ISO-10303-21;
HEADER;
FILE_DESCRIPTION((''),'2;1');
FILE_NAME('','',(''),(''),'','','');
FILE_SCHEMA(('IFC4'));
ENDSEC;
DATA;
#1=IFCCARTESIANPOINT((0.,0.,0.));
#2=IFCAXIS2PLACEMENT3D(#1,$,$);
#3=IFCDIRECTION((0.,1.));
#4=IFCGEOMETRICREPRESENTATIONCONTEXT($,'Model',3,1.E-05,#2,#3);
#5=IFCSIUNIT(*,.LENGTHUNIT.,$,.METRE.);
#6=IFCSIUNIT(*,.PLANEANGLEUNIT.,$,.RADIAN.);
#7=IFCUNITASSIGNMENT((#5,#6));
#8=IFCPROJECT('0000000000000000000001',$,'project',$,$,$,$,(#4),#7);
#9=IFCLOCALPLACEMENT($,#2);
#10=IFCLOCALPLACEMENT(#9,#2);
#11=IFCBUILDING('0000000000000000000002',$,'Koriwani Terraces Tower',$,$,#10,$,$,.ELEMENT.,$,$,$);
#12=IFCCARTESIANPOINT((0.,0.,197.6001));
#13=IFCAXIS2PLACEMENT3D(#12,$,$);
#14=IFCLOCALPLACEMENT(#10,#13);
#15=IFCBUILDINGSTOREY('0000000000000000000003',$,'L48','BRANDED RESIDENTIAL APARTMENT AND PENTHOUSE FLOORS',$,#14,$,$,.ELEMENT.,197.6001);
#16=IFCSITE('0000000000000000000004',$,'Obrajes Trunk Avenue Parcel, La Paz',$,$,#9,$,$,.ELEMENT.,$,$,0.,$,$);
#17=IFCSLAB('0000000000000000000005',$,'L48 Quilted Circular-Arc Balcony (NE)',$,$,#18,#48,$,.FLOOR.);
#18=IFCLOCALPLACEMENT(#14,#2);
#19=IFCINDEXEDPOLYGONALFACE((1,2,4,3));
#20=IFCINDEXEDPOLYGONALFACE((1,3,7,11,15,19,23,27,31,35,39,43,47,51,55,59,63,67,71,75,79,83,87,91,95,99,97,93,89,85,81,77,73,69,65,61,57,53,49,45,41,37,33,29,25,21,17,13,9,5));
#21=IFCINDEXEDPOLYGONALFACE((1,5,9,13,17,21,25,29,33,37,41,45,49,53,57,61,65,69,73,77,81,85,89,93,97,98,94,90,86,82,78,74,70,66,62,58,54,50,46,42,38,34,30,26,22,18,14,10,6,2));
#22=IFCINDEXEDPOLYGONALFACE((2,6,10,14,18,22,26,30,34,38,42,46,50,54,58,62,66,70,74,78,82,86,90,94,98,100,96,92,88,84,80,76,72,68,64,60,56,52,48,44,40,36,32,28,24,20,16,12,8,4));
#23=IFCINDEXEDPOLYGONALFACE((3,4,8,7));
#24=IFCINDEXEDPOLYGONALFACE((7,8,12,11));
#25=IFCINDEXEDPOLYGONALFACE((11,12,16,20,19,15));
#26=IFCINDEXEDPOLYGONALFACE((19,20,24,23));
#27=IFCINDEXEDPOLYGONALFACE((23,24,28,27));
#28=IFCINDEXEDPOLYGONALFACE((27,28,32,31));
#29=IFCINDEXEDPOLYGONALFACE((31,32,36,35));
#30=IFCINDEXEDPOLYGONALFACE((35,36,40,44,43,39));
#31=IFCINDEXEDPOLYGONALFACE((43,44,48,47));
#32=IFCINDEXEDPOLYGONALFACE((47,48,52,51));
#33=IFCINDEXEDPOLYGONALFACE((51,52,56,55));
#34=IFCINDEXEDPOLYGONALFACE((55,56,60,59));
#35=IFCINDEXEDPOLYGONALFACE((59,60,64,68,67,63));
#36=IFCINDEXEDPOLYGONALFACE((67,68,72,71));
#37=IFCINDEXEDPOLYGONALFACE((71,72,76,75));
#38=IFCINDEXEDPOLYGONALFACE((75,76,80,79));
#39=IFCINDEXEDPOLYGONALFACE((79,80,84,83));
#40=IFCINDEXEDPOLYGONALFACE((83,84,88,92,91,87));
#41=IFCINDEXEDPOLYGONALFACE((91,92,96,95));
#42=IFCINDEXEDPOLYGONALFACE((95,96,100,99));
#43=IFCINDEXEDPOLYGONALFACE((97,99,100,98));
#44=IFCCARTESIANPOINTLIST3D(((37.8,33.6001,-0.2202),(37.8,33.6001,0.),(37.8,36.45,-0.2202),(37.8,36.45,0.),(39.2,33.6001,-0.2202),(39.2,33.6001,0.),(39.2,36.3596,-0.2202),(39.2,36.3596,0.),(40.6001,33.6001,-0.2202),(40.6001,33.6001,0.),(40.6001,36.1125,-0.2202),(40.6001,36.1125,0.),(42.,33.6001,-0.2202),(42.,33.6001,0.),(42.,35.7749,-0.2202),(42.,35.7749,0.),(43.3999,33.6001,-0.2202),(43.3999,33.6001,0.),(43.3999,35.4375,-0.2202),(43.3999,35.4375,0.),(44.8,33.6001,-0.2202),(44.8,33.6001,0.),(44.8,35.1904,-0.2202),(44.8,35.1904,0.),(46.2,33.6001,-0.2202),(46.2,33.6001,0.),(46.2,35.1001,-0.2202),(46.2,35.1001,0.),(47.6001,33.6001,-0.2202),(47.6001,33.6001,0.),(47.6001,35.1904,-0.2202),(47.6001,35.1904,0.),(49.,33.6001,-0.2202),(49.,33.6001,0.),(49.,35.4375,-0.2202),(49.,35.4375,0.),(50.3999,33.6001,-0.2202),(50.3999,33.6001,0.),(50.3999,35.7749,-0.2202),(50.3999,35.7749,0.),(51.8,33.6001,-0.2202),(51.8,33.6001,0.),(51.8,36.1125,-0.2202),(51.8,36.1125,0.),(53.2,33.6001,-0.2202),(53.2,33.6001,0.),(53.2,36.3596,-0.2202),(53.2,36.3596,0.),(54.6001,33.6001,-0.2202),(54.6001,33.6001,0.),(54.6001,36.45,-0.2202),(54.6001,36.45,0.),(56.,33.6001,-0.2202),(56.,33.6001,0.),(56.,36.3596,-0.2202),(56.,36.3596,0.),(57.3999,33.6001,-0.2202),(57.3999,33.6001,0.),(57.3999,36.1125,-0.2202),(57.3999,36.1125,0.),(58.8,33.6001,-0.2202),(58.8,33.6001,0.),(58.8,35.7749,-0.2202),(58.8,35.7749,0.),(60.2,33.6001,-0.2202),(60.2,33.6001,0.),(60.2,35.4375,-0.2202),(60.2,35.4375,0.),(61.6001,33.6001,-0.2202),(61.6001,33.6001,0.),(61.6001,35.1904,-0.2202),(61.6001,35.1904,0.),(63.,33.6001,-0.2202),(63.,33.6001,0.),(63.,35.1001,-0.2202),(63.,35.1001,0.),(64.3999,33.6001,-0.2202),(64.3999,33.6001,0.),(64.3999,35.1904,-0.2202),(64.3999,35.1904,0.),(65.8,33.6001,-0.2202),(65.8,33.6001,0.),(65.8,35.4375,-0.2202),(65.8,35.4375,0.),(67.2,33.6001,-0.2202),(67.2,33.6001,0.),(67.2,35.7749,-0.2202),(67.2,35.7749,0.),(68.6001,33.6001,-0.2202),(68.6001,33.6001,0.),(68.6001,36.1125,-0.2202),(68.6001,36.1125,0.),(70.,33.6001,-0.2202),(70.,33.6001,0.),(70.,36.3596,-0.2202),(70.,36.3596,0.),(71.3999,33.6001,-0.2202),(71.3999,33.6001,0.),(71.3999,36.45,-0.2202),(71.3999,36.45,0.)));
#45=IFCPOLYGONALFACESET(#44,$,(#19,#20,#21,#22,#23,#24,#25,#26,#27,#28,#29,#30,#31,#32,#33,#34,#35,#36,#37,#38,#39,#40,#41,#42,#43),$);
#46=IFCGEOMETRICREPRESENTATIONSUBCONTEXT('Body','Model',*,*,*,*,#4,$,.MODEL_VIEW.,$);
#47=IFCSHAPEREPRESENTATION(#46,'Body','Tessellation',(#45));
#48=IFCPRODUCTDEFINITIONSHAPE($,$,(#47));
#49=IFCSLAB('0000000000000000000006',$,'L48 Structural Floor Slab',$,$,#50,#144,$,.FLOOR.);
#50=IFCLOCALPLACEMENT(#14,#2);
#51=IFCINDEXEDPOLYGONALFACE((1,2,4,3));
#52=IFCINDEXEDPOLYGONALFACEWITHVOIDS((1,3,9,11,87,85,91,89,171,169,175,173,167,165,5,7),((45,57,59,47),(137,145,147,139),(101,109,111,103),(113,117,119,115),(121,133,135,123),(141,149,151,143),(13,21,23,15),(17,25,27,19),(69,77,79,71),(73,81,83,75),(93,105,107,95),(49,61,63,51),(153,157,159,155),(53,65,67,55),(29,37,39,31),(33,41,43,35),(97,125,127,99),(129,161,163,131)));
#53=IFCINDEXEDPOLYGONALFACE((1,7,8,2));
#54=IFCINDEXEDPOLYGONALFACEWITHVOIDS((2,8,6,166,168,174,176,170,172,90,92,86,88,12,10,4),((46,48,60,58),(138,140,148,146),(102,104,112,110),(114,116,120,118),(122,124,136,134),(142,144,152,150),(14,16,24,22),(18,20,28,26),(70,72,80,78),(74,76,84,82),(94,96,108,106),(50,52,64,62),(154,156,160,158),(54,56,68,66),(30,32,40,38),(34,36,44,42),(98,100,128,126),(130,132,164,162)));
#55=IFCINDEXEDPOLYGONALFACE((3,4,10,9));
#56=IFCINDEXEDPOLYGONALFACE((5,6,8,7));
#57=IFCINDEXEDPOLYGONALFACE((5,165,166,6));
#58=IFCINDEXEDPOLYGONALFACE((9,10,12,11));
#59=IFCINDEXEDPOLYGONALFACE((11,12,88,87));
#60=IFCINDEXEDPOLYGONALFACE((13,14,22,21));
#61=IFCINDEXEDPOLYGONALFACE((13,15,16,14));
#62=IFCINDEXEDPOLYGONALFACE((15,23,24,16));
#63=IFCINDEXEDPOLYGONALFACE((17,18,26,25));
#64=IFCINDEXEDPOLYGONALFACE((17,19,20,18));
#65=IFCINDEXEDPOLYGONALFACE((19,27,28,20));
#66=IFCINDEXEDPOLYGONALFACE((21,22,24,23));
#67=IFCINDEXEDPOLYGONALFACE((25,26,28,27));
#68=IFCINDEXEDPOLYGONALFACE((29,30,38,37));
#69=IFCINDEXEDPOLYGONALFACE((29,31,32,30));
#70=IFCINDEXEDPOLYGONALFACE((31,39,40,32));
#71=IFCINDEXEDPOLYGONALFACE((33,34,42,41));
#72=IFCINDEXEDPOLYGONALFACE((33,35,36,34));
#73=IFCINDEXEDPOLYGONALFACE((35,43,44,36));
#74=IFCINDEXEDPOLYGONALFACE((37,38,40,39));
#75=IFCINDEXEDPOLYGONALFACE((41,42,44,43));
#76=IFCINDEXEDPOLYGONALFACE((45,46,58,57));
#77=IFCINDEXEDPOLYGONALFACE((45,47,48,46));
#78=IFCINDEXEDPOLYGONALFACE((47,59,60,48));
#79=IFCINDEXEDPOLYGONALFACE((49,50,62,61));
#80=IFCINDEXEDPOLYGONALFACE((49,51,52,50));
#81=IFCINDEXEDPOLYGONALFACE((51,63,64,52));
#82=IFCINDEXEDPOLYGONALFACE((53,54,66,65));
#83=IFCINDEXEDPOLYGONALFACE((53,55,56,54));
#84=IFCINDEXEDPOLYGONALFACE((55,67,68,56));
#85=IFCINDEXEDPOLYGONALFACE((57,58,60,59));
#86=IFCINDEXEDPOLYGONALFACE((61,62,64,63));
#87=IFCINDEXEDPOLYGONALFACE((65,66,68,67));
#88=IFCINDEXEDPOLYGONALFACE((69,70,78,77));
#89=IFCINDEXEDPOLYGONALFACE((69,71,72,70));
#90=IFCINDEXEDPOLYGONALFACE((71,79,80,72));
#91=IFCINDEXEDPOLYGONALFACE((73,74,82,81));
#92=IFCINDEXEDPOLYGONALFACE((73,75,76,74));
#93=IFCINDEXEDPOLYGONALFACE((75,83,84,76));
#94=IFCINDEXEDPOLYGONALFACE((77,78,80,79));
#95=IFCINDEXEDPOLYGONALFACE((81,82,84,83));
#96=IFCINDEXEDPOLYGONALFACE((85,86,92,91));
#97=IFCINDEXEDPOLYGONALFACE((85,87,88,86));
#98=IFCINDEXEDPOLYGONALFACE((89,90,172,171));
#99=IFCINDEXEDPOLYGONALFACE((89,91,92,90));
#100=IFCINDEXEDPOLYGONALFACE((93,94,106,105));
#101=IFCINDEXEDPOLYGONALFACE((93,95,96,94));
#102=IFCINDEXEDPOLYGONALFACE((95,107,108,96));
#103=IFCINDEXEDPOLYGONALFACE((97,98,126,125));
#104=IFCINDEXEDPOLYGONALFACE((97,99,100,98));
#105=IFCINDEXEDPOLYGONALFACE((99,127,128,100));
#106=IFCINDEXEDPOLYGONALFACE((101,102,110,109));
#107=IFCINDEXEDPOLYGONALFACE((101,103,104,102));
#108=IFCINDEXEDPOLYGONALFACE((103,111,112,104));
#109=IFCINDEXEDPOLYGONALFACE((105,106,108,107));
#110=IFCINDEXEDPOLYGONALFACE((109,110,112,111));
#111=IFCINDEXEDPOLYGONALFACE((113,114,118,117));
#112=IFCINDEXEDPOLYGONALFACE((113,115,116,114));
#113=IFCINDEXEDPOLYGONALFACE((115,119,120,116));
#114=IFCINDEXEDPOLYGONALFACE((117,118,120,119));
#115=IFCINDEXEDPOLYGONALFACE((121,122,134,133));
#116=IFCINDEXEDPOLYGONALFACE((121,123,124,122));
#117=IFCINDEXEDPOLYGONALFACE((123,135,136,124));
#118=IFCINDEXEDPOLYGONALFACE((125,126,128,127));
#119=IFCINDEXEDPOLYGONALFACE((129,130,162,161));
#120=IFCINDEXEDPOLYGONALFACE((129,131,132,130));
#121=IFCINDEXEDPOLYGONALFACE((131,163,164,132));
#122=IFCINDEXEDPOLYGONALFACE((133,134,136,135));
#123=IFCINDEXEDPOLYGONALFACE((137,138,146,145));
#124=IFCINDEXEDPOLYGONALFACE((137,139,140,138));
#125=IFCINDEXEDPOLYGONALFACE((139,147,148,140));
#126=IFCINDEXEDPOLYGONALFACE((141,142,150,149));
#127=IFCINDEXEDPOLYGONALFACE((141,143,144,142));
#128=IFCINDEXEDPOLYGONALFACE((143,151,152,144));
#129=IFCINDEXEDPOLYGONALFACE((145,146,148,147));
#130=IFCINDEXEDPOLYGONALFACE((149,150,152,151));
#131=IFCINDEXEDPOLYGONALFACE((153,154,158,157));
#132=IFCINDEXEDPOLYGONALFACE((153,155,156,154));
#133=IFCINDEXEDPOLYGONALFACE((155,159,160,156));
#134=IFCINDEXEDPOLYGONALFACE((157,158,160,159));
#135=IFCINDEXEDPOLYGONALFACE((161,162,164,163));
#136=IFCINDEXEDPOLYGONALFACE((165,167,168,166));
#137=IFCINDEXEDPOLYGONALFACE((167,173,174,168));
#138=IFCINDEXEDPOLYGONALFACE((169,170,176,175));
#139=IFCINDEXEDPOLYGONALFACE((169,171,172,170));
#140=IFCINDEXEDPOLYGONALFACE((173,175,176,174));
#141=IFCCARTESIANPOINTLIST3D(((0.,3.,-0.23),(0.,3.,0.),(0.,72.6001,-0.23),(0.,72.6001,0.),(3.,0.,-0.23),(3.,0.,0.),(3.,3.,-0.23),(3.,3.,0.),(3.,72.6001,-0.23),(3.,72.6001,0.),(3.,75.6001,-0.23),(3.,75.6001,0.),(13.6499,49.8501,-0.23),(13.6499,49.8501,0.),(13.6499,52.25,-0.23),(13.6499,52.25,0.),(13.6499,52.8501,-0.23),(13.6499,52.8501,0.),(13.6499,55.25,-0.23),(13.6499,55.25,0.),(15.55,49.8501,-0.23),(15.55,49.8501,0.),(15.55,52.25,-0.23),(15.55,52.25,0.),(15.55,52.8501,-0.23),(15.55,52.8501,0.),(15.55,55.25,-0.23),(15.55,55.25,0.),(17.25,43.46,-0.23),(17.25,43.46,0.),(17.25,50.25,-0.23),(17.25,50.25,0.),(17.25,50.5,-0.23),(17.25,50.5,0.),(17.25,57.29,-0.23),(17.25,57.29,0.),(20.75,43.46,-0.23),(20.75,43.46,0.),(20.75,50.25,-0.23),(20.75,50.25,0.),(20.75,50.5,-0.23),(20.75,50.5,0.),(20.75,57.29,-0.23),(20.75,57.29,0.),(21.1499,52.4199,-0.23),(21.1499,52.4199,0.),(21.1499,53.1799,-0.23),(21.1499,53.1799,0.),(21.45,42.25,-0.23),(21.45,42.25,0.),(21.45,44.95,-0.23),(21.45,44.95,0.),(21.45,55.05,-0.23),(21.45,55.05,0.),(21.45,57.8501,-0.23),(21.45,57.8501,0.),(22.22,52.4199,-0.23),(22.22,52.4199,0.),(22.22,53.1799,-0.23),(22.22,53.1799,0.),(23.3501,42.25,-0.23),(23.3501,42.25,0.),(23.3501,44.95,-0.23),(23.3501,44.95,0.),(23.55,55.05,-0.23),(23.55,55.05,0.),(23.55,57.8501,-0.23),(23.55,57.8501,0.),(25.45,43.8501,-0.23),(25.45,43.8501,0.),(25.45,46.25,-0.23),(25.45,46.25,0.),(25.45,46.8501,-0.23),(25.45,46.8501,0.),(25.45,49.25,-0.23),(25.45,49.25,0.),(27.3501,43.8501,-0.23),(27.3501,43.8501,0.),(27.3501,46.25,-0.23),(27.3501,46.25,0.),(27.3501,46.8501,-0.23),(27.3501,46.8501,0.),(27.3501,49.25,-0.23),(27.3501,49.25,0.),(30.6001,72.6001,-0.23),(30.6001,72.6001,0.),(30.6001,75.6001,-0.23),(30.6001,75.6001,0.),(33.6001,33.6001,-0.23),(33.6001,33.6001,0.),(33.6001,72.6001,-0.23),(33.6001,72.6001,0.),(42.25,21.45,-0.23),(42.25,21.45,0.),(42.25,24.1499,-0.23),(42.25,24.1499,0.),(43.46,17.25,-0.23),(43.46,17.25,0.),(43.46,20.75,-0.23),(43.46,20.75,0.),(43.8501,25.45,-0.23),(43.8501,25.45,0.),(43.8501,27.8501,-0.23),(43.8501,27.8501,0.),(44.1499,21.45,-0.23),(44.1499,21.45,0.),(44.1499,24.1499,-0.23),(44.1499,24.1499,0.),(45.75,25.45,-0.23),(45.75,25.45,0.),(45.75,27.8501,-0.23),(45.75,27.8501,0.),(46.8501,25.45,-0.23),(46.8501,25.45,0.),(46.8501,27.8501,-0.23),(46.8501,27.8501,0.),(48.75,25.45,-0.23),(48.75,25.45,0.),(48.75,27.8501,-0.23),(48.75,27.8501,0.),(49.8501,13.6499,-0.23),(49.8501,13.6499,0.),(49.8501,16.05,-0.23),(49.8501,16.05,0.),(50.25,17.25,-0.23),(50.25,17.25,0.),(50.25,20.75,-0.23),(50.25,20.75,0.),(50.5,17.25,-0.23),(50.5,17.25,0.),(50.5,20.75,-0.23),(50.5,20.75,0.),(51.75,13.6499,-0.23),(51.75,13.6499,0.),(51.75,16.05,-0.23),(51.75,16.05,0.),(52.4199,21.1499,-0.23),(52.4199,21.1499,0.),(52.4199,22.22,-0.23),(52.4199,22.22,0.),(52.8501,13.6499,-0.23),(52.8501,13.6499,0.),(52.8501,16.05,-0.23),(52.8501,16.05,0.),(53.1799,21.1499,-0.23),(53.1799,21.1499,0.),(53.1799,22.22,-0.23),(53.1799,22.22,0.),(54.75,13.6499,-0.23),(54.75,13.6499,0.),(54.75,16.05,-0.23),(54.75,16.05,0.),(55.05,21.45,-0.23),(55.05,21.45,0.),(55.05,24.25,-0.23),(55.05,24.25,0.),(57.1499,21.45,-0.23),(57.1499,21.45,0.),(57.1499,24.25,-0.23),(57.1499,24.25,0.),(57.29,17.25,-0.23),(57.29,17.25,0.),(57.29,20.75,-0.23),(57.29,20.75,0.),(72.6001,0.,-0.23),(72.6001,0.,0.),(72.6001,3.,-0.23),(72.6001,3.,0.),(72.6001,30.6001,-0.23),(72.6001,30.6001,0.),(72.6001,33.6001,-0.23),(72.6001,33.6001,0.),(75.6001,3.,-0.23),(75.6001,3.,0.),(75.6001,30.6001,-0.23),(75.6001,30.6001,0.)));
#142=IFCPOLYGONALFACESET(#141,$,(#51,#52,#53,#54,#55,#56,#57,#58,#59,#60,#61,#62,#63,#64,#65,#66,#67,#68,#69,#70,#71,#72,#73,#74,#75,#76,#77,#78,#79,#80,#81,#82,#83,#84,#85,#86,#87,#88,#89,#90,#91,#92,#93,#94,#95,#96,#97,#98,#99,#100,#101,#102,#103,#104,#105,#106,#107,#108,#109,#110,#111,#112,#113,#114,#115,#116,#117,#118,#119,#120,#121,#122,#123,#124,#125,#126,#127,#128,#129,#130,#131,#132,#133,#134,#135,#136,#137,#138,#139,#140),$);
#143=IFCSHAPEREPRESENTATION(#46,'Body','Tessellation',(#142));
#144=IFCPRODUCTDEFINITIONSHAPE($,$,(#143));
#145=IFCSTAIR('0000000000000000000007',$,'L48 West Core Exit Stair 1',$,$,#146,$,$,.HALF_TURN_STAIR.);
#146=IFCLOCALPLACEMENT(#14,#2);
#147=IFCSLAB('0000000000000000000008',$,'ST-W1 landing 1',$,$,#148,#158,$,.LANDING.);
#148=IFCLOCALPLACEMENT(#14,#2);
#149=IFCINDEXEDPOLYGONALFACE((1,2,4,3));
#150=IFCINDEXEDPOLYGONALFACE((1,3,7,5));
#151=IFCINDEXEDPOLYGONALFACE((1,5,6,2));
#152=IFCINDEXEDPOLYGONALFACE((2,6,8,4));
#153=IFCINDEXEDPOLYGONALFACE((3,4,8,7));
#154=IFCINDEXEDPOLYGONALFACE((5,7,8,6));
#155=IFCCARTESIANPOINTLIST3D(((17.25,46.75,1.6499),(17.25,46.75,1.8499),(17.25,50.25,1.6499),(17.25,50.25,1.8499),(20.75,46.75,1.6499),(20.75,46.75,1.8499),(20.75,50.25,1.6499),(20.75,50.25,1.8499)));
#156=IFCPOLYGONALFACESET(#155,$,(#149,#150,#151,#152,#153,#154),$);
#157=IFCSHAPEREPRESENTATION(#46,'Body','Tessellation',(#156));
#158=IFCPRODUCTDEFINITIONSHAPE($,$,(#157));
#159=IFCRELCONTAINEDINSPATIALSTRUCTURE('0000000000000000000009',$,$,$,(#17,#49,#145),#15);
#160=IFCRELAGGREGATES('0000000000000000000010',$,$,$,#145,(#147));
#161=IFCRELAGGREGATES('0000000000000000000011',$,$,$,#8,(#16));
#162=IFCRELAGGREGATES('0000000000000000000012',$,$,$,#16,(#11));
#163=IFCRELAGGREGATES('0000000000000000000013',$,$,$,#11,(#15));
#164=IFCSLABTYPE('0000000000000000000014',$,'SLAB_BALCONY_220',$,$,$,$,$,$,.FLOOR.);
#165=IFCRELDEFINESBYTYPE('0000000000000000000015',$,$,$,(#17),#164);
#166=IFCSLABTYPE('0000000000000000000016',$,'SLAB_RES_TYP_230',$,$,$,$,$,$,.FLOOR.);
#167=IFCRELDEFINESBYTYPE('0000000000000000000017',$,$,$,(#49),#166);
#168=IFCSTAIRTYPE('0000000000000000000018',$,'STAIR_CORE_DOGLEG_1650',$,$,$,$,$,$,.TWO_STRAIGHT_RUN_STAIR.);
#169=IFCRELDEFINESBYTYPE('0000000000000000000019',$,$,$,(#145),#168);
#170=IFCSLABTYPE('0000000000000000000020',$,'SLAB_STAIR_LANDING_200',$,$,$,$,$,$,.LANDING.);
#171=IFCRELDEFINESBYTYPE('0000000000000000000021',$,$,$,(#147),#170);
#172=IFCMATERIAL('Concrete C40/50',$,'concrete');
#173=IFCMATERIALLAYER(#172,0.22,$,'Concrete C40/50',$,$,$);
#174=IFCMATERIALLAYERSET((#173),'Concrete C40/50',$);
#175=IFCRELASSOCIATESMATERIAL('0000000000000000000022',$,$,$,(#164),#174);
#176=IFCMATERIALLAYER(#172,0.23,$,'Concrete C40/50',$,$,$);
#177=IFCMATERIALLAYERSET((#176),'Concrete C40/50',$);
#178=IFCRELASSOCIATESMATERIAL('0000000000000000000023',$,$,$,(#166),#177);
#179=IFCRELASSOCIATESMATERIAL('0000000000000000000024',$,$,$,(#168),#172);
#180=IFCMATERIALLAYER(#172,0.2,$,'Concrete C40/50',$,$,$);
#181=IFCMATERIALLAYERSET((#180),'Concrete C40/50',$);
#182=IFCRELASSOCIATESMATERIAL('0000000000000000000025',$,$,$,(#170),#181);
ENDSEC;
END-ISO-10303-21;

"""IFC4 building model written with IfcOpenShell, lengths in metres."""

from ifc_helpers import new_model, si_unit, direction, frame, origin, place, context, subcontext, project, spatial, polyline, outline, extrude, material, layer, layer_set, type_object, element, aggregate, save


model = new_model("IFC4")

# Units and contexts
model_context = context("Model", 3, precision=1e-05, world=origin(), true_north=direction((0.0, 1.0)))
body_context = subcontext(model_context, "Body", "Model", "MODEL_VIEW")
ifc_project = project(units=[si_unit("LENGTHUNIT", "METRE"), si_unit("PLANEANGLEUNIT", "RADIAN")], contexts=[model_context])

# Site, building, storey
site_placement = place(None, origin())
site = spatial("IfcSite", under=ifc_project, at=site_placement, Name="Obrajes Trunk Avenue Parcel, La Paz", CompositionType="ELEMENT", RefElevation=0.0)
building_placement = place(site_placement, origin())
building = spatial("IfcBuilding", under=site, at=building_placement, Name="Koriwani Terraces Tower", CompositionType="ELEMENT")
storey_placement = place(building_placement, frame((0.0, 0.0, 197.6001)))
storey = spatial("IfcBuildingStorey", under=building, at=storey_placement, Name="L48", Description="BRANDED RESIDENTIAL APARTMENT AND PENTHOUSE FLOORS", CompositionType="ELEMENT", Elevation=197.6001)

# Shared definitions
ifc_material_1 = material(Name="Concrete C40/50", Category="concrete")

# Slabs
ifc_layer_1 = layer(ifc_material_1, 0.22, Name="Concrete C40/50")
ifc_layer_set_1 = layer_set([ifc_layer_1], Name="Concrete C40/50")
slab_type_1 = type_object("IfcSlabType", Name="SLAB_BALCONY_220", PredefinedType="FLOOR", material=ifc_layer_set_1)
slab_1_placement = place(storey_placement, frame((0.0, 0.0, -0.2202)))
element("IfcSlab", 1, at=slab_1_placement, inside=storey, type_object=slab_type_1, Name="L48 Quilted Circular-Arc Balcony (NE)", PredefinedType="FLOOR", context=body_context, shape_type="SweptSolid", body=[
    extrude(outline(polyline([(71.3999, 33.6001), (70.0, 33.6001), (68.6001, 33.6001), (67.2, 33.6001), (65.8, 33.6001), (64.3999, 33.6001), (63.0, 33.6001), (61.6001, 33.6001), (60.2, 33.6001), (58.8, 33.6001), (57.3999, 33.6001), (56.0, 33.6001), (54.6001, 33.6001), (53.2, 33.6001), (51.8, 33.6001), (50.3999, 33.6001), (49.0, 33.6001), (47.6001, 33.6001), (46.2, 33.6001), (44.8, 33.6001), (43.3999, 33.6001), (42.0, 33.6001), (40.6001, 33.6001), (39.2, 33.6001), (37.8, 33.6001), (37.8, 36.45), (39.2, 36.3596), (40.6001, 36.1125), (42.0, 35.7749), (43.3999, 35.4375), (44.8, 35.1904), (46.2, 35.1001), (47.6001, 35.1904), (49.0, 35.4375), (50.3999, 35.7749), (51.8, 36.1125), (53.2, 36.3596), (54.6001, 36.45), (56.0, 36.3596), (57.3999, 36.1125), (58.8, 35.7749), (60.2, 35.4375), (61.6001, 35.1904), (63.0, 35.1001), (64.3999, 35.1904), (65.8, 35.4375), (67.2, 35.7749), (68.6001, 36.1125), (70.0, 36.3596), (71.3999, 36.45), (71.3999, 33.6001)])), origin(), (0.0, 0.0, 1.0), 0.2202),
])
ifc_layer_2 = layer(ifc_material_1, 0.23, Name="Concrete C40/50")
ifc_layer_set_2 = layer_set([ifc_layer_2], Name="Concrete C40/50")
slab_type_2 = type_object("IfcSlabType", Name="SLAB_RES_TYP_230", PredefinedType="FLOOR", material=ifc_layer_set_2)
slab_2_placement = place(storey_placement, frame((0.0, 0.0, -0.23)))
element("IfcSlab", 2, at=slab_2_placement, inside=storey, type_object=slab_type_2, Name="L48 Structural Floor Slab", PredefinedType="FLOOR", context=body_context, shape_type="SweptSolid", body=[
    extrude(outline(polyline([(3.0, 0.0), (72.6001, 0.0), (72.6001, 3.0), (75.6001, 3.0), (75.6001, 30.6001), (72.6001, 30.6001), (72.6001, 33.6001), (33.6001, 33.6001), (33.6001, 72.6001), (30.6001, 72.6001), (30.6001, 75.6001), (3.0, 75.6001), (3.0, 72.6001), (0.0, 72.6001), (0.0, 3.0), (3.0, 3.0), (3.0, 0.0)]), holes=[polyline([(17.25, 43.46), (20.75, 43.46), (20.75, 50.25), (17.25, 50.25), (17.25, 43.46)]), polyline([(17.25, 50.5), (20.75, 50.5), (20.75, 57.29), (17.25, 57.29), (17.25, 50.5)]), polyline([(43.46, 17.25), (50.25, 17.25), (50.25, 20.75), (43.46, 20.75), (43.46, 17.25)]), polyline([(50.5, 17.25), (57.29, 17.25), (57.29, 20.75), (50.5, 20.75), (50.5, 17.25)]), polyline([(13.6499, 49.8501), (15.55, 49.8501), (15.55, 52.25), (13.6499, 52.25), (13.6499, 49.8501)]), polyline([(13.6499, 52.8501), (15.55, 52.8501), (15.55, 55.25), (13.6499, 55.25), (13.6499, 52.8501)]), polyline([(49.8501, 13.6499), (51.75, 13.6499), (51.75, 16.05), (49.8501, 16.05), (49.8501, 13.6499)]), polyline([(52.8501, 13.6499), (54.75, 13.6499), (54.75, 16.05), (52.8501, 16.05), (52.8501, 13.6499)]), polyline([(25.45, 43.8501), (27.3501, 43.8501), (27.3501, 46.25), (25.45, 46.25), (25.45, 43.8501)]), polyline([(25.45, 46.8501), (27.3501, 46.8501), (27.3501, 49.25), (25.45, 49.25), (25.45, 46.8501)]), polyline([(43.8501, 25.45), (45.75, 25.45), (45.75, 27.8501), (43.8501, 27.8501), (43.8501, 25.45)]), polyline([(46.8501, 25.45), (48.75, 25.45), (48.75, 27.8501), (46.8501, 27.8501), (46.8501, 25.45)]), polyline([(21.45, 55.05), (23.55, 55.05), (23.55, 57.8501), (21.45, 57.8501), (21.45, 55.05)]), polyline([(55.05, 21.45), (57.1499, 21.45), (57.1499, 24.25), (55.05, 24.25), (55.05, 21.45)]), polyline([(21.45, 42.25), (23.3501, 42.25), (23.3501, 44.95), (21.45, 44.95), (21.45, 42.25)]), polyline([(42.25, 21.45), (44.1499, 21.45), (44.1499, 24.1499), (42.25, 24.1499), (42.25, 21.45)]), polyline([(21.1499, 52.4199), (22.22, 52.4199), (22.22, 53.1799), (21.1499, 53.1799), (21.1499, 52.4199)]), polyline([(52.4199, 21.1499), (53.1799, 21.1499), (53.1799, 22.22), (52.4199, 22.22), (52.4199, 21.1499)])]), origin(), (0.0, 0.0, 1.0), 0.23),
])

# Stair, slab
stair_type = type_object("IfcStairType", Name="STAIR_CORE_DOGLEG_1650", PredefinedType="TWO_STRAIGHT_RUN_STAIR", material=ifc_material_1)
stair_1_placement = place(storey_placement, origin())
stair_1 = element("IfcStair", 3, at=stair_1_placement, inside=storey, type_object=stair_type, Name="L48 West Core Exit Stair 1", PredefinedType="HALF_TURN_STAIR")
ifc_layer_3 = layer(ifc_material_1, 0.2, Name="Concrete C40/50")
ifc_layer_set_3 = layer_set([ifc_layer_3], Name="Concrete C40/50")
slab_type_3 = type_object("IfcSlabType", Name="SLAB_STAIR_LANDING_200", PredefinedType="LANDING", material=ifc_layer_set_3)
slab_3_placement = place(storey_placement, frame((0.0, 0.0, 1.6499)))
slab_3 = element("IfcSlab", 4, at=slab_3_placement, type_object=slab_type_3, Name="ST-W1 landing 1", PredefinedType="LANDING", context=body_context, shape_type="SweptSolid", body=[
    extrude(outline(polyline([(20.75, 46.75), (20.75, 50.25), (17.25, 50.25), (17.25, 46.75), (20.75, 46.75)])), origin(), (0.0, 0.0, 1.0), 0.2),
])
aggregate(stair_1, [slab_3])

save(model, "model.ifc")
